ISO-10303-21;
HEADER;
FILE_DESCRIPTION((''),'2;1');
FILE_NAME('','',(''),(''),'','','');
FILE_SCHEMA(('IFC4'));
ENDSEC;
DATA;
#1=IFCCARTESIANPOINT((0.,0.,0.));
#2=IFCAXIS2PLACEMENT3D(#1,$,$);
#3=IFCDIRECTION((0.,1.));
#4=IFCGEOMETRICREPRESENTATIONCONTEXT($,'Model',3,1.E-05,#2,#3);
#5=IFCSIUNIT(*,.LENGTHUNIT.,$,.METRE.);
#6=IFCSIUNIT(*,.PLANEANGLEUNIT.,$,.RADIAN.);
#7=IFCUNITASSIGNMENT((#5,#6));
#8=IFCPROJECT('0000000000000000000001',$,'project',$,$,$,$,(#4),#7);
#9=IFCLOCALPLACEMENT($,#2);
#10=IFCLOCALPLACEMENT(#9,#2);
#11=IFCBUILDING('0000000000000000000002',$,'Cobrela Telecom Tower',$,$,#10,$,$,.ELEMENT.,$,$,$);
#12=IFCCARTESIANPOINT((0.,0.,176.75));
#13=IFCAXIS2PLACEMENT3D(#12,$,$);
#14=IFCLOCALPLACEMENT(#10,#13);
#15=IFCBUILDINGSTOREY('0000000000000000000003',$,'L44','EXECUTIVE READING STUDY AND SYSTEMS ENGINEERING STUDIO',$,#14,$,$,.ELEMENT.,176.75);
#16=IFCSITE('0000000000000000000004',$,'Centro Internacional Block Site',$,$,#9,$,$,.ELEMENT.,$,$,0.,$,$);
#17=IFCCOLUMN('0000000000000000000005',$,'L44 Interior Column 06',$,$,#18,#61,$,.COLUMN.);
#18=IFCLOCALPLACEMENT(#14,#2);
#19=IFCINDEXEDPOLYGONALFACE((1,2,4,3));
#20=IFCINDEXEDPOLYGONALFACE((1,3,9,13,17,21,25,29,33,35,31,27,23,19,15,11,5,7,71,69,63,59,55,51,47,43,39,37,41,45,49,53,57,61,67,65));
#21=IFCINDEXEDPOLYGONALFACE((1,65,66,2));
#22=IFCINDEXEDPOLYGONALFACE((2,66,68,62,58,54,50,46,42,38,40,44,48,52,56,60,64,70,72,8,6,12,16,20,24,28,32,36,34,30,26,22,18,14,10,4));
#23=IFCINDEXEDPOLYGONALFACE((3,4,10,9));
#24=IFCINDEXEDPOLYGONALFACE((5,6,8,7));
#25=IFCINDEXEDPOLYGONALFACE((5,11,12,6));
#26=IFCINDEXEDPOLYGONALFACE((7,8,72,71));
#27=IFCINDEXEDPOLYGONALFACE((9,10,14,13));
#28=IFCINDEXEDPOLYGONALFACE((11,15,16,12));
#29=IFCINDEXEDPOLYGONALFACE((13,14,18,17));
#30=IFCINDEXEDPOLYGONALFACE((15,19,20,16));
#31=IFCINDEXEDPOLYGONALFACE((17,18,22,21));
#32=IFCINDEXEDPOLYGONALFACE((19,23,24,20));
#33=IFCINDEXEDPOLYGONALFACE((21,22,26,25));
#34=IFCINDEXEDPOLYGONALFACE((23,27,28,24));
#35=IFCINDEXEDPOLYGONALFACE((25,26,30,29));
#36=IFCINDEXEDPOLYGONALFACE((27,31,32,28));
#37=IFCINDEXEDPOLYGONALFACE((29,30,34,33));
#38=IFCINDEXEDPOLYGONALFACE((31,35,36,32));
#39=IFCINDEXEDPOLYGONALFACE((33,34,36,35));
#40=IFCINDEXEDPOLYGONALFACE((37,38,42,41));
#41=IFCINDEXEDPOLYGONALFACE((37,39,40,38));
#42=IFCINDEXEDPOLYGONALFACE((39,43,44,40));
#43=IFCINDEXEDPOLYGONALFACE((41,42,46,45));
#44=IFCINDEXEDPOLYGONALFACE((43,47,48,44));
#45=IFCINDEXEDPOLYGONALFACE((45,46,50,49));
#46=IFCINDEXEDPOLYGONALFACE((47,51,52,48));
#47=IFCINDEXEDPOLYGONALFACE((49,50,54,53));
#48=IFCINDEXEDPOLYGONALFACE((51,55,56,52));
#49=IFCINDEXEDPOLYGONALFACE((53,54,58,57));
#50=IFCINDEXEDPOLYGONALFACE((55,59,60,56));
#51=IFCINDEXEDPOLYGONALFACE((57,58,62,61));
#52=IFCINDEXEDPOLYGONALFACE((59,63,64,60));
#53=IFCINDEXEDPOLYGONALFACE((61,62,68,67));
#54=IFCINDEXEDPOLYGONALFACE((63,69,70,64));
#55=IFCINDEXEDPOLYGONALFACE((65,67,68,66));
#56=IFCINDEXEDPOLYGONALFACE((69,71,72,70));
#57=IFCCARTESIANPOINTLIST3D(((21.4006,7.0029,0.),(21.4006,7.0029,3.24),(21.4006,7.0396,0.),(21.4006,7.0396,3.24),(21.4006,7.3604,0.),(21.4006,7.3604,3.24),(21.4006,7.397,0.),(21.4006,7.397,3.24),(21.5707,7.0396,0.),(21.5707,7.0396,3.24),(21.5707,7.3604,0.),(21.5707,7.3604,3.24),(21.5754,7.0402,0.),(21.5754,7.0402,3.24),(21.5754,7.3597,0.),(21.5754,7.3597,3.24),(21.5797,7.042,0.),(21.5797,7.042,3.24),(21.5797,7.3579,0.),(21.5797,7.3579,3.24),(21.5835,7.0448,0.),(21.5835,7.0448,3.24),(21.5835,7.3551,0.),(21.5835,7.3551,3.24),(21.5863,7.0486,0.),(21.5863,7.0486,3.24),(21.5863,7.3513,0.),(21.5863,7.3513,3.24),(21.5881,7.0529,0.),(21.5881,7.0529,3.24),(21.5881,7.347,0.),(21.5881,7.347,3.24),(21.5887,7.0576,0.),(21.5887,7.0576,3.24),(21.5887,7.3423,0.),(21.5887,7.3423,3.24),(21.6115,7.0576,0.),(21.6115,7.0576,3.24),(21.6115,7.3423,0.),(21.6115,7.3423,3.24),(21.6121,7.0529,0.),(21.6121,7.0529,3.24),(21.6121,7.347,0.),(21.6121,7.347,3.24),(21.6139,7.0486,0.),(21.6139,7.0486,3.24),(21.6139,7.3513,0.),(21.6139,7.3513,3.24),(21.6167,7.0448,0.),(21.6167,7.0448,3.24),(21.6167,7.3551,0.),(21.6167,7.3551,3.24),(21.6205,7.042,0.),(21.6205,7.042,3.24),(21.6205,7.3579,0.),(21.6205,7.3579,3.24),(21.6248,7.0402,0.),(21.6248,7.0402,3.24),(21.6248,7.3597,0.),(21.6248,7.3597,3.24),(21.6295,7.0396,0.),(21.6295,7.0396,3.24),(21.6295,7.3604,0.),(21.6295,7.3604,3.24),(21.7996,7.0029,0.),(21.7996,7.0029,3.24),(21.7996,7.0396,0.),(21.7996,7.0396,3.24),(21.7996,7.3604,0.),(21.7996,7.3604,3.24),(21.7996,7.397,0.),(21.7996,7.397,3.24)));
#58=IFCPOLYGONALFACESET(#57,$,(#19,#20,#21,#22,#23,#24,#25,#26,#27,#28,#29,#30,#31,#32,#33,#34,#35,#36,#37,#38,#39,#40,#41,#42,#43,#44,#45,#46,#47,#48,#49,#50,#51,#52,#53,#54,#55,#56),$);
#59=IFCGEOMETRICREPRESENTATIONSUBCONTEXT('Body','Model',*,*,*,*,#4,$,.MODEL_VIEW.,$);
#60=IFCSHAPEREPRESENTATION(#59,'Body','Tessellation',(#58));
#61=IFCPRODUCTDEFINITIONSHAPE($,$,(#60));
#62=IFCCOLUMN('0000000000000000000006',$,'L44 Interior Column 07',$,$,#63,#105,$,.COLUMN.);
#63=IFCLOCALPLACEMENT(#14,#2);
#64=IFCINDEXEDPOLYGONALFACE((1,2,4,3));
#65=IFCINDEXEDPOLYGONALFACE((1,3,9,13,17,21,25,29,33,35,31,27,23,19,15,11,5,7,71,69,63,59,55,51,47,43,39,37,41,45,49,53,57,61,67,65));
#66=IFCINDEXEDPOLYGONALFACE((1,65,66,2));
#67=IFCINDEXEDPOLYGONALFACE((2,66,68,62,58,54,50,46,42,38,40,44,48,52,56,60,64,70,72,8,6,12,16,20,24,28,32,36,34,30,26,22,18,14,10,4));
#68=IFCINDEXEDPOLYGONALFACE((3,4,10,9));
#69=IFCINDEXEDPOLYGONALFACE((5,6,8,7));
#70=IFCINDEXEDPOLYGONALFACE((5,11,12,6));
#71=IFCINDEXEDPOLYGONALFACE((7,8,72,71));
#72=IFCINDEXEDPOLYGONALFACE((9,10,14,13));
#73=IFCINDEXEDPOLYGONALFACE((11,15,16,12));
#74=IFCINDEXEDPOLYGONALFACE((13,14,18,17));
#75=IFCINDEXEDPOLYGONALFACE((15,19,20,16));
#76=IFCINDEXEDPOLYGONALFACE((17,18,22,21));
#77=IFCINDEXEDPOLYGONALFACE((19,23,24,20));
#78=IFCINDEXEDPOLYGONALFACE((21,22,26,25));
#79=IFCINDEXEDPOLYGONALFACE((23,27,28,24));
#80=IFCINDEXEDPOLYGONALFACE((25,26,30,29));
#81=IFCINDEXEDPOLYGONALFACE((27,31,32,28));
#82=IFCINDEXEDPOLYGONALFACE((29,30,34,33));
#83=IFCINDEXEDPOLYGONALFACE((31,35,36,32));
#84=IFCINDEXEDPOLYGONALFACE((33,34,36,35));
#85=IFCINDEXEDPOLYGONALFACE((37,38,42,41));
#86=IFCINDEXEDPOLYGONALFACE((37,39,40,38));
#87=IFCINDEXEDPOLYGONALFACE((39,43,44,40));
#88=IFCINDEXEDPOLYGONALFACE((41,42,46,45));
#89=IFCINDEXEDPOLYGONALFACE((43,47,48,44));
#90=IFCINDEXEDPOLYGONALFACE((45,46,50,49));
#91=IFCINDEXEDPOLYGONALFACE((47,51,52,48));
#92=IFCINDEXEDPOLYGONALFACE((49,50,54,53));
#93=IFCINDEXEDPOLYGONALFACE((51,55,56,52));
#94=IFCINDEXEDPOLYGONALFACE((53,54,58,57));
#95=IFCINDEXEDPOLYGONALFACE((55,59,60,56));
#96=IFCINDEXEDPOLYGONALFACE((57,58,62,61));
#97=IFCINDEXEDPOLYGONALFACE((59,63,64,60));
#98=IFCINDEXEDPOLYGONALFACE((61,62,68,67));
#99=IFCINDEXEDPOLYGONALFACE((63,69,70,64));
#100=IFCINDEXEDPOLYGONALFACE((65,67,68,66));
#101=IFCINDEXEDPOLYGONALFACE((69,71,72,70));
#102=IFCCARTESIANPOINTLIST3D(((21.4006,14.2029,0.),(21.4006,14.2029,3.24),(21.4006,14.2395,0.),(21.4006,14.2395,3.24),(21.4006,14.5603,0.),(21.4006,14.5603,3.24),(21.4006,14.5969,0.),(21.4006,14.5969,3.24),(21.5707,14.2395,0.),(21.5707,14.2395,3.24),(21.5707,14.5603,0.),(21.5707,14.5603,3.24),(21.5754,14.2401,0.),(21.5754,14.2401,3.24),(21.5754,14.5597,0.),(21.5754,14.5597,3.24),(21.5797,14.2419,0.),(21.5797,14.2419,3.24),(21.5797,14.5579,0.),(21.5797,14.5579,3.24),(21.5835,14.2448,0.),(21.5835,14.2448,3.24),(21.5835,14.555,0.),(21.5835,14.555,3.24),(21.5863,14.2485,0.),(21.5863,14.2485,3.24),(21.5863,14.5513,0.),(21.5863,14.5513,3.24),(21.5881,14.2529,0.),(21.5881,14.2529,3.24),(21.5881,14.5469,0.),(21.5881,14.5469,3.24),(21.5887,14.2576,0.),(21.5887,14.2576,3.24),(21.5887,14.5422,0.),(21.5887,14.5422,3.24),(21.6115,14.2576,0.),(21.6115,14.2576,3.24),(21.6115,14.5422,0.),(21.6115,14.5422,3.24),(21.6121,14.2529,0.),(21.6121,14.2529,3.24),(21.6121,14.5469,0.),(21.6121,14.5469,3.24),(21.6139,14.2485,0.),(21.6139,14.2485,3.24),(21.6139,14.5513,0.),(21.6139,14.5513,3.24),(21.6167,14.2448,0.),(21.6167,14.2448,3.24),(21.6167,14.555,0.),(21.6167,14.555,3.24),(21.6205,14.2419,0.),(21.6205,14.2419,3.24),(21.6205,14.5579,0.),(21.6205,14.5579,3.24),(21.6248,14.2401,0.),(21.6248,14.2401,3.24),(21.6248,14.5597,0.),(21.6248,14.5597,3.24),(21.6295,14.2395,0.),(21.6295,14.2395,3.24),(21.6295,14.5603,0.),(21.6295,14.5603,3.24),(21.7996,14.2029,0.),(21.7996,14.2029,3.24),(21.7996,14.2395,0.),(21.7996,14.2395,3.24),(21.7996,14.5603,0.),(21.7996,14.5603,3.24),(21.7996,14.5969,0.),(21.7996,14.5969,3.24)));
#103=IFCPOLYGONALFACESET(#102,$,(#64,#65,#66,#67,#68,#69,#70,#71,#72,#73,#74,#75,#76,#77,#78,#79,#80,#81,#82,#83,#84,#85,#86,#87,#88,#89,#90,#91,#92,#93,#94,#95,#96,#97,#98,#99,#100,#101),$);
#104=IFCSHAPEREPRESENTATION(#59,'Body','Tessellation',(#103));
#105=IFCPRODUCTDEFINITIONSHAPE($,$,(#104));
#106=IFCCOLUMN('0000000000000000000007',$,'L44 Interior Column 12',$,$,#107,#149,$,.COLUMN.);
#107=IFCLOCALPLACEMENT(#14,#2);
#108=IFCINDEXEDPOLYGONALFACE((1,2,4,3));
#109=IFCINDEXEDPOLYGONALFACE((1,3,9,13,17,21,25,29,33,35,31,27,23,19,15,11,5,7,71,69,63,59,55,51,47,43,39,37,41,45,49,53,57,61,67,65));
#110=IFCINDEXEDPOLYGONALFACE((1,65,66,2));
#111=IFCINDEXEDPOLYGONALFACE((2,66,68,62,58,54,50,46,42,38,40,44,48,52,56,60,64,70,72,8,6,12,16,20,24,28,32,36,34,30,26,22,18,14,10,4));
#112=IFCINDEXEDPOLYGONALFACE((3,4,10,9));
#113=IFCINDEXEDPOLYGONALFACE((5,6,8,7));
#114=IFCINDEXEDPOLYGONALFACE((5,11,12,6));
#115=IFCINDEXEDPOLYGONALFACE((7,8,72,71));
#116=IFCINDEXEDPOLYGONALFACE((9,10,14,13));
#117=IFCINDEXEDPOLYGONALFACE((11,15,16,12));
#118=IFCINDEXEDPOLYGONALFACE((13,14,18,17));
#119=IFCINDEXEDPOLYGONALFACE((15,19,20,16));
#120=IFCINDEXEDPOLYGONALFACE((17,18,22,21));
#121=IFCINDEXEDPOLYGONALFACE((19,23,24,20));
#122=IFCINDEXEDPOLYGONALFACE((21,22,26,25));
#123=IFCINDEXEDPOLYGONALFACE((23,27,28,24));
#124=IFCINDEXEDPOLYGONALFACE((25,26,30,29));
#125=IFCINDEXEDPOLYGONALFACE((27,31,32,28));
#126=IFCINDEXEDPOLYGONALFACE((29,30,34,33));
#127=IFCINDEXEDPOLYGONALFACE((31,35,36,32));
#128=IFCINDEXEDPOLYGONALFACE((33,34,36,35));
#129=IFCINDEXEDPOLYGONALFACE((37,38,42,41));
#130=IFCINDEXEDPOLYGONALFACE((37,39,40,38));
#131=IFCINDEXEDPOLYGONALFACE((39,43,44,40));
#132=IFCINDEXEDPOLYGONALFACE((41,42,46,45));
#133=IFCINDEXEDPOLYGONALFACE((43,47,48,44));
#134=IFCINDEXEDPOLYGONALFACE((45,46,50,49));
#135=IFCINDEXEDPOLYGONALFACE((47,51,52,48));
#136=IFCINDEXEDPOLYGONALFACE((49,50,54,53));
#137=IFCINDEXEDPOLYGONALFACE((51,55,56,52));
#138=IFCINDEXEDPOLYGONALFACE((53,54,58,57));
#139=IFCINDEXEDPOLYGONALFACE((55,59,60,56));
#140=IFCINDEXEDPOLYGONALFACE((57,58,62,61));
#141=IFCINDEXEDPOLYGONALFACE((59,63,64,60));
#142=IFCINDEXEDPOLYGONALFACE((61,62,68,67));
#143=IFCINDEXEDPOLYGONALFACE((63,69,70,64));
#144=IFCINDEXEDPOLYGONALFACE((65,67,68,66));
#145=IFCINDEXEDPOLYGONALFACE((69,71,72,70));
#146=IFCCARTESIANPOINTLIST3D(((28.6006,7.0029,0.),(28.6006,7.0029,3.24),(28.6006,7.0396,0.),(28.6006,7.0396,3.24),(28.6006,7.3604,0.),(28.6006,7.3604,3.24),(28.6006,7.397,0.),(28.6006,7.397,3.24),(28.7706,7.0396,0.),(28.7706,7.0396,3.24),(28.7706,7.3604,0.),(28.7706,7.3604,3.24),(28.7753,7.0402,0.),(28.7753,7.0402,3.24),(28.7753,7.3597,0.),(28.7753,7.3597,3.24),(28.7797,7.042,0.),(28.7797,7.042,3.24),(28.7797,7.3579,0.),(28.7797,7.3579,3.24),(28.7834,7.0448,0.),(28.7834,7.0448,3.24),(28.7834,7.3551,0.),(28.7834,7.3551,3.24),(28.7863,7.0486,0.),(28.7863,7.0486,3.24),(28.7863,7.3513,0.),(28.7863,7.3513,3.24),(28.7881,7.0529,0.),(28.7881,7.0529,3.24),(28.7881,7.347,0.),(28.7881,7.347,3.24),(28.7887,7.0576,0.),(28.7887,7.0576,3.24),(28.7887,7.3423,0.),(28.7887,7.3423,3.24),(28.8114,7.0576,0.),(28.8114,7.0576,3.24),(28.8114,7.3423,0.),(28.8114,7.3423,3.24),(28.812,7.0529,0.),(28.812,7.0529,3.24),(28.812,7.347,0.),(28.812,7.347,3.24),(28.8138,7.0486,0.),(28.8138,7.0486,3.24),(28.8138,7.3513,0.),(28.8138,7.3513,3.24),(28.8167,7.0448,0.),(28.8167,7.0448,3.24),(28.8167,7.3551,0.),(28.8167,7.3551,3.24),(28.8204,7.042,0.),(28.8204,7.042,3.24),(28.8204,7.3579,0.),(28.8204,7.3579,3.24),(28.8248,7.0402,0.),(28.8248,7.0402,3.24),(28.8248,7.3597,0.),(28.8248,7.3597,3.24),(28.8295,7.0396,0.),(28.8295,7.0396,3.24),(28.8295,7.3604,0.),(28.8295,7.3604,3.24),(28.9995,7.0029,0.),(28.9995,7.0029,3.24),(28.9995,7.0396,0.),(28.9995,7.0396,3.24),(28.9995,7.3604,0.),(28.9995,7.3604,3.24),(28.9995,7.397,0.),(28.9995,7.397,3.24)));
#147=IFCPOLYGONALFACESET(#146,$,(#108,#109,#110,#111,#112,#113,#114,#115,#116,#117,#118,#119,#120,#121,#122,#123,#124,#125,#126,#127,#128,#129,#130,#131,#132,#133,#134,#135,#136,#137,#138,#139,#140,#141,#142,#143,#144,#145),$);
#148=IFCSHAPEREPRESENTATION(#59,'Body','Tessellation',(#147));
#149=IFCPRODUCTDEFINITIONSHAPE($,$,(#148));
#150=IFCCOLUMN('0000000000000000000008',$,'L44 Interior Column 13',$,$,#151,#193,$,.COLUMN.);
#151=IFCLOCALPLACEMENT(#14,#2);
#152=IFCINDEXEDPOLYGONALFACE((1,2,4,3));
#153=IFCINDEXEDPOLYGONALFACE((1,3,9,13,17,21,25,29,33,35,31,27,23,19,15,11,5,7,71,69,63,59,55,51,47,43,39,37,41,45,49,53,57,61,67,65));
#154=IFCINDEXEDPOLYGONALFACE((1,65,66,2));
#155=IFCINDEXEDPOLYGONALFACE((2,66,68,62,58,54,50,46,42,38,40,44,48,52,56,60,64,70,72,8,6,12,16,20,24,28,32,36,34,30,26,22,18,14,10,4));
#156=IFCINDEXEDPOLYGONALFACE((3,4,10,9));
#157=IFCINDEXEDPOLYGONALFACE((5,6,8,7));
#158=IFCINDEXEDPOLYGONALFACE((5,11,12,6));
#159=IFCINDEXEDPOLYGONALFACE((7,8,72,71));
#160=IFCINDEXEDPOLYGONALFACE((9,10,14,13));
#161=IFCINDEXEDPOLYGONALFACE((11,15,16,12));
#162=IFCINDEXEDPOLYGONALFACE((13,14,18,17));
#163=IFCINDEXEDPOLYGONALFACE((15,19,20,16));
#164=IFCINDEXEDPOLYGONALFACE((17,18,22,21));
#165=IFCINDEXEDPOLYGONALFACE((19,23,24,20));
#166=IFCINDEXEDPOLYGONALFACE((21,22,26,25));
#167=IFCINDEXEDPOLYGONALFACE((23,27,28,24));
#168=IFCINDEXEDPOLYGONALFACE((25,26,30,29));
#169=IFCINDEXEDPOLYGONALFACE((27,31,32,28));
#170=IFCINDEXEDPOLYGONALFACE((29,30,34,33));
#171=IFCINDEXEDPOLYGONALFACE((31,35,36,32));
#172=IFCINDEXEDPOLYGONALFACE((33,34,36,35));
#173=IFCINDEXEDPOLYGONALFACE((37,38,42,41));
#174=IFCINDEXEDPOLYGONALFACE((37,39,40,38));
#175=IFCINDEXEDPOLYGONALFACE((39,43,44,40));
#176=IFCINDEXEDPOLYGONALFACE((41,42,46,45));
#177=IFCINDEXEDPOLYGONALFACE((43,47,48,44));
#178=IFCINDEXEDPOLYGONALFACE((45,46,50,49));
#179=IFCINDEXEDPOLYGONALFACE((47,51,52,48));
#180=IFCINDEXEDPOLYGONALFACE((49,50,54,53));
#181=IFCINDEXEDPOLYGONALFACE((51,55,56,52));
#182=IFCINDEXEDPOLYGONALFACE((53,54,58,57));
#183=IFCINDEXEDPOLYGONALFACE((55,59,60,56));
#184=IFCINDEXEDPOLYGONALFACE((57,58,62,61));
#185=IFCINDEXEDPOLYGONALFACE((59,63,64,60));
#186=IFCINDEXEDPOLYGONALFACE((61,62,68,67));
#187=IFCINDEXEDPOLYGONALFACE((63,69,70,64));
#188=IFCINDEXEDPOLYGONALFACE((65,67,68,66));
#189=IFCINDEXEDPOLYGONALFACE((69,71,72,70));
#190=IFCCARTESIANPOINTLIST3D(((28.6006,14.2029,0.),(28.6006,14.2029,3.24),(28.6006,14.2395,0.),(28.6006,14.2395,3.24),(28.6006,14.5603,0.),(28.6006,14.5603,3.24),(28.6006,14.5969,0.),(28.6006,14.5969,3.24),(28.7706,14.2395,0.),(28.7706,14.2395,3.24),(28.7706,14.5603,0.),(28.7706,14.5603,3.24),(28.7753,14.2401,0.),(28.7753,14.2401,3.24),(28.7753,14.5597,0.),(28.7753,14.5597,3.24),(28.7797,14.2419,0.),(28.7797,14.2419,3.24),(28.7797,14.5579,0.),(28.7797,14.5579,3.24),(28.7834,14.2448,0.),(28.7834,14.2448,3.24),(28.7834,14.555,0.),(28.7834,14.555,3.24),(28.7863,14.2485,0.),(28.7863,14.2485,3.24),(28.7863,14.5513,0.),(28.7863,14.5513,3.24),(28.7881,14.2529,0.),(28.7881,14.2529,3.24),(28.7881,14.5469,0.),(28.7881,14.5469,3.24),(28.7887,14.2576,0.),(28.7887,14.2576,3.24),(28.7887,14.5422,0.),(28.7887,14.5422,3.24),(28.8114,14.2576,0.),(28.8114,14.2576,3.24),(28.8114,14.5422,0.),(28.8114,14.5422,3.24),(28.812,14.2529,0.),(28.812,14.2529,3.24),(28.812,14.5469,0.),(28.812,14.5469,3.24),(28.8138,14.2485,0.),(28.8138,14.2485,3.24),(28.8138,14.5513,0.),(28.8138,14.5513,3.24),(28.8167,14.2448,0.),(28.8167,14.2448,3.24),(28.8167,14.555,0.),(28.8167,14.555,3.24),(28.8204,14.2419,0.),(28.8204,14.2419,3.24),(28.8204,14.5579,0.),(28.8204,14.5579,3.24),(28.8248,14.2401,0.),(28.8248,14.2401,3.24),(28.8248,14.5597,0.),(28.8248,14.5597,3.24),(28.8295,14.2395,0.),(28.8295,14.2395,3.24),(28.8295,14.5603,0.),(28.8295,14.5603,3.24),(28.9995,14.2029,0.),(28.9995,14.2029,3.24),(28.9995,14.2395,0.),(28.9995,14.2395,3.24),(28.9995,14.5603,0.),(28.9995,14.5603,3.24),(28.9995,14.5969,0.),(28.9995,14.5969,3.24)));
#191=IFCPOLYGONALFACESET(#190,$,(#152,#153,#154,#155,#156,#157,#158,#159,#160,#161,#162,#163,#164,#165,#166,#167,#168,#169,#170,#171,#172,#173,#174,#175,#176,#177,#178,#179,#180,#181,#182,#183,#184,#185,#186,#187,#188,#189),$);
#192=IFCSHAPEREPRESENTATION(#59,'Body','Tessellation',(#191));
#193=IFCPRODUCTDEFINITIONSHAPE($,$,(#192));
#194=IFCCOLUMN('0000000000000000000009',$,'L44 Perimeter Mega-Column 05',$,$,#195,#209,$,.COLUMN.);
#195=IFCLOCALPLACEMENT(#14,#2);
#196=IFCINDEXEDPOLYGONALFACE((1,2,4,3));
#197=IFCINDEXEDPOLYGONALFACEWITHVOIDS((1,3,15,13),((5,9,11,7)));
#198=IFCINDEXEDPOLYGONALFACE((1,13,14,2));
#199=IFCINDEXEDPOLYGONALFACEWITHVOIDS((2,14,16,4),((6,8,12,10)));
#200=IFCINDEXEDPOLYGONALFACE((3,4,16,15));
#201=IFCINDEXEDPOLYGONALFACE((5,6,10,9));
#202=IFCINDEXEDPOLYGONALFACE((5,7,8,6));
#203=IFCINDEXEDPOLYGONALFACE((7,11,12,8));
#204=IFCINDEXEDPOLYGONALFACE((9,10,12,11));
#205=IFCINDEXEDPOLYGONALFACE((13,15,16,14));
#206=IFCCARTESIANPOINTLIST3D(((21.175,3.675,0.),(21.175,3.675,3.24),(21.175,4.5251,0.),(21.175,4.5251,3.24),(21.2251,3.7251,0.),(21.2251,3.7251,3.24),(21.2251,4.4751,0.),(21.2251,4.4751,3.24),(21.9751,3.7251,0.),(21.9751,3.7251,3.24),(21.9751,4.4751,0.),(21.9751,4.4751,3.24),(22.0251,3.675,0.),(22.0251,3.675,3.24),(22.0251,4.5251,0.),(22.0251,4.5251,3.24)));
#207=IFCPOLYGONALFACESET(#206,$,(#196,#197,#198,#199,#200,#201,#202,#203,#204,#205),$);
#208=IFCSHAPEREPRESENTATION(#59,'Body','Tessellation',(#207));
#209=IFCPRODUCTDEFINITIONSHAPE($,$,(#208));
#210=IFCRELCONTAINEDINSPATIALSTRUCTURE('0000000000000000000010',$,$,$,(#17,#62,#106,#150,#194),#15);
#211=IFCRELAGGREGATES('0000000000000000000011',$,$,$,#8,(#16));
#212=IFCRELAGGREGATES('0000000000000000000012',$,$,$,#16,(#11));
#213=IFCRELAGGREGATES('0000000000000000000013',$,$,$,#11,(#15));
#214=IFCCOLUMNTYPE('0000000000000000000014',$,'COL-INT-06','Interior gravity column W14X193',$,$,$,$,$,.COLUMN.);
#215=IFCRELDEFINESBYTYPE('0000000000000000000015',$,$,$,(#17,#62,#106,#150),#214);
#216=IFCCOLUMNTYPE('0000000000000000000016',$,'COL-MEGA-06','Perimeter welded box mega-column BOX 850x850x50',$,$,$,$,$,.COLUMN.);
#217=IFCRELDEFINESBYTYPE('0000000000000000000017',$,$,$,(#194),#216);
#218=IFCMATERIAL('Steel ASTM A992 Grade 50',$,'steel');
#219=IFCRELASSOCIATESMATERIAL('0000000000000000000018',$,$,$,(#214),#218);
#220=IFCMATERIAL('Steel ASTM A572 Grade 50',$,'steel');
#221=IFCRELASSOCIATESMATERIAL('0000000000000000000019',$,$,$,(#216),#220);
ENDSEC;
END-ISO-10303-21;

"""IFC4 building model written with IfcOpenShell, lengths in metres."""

from ifc_helpers import new_model, si_unit, direction, frame, origin, origin_2d, place, context, subcontext, project, spatial, hollow_rectangle, i_section, extrude, material, material_profile, profile_set, type_object, element, save


model = new_model("IFC4")

# Units and contexts
model_context = context("Model", 3, precision=1e-05, world=origin(), true_north=direction((0.0, 1.0)))
body_context = subcontext(model_context, "Body", "Model", "MODEL_VIEW")
ifc_project = project(units=[si_unit("LENGTHUNIT", "METRE"), si_unit("PLANEANGLEUNIT", "RADIAN")], contexts=[model_context])

# Site, building, storey
site_placement = place(None, origin())
site = spatial("IfcSite", under=ifc_project, at=site_placement, Name="Centro Internacional Block Site", CompositionType="ELEMENT", RefElevation=0.0)
building_placement = place(site_placement, origin())
building = spatial("IfcBuilding", under=site, at=building_placement, Name="Cobrela Telecom Tower", CompositionType="ELEMENT")
storey_placement = place(building_placement, frame((0.0, 0.0, 176.75)))
storey = spatial("IfcBuildingStorey", under=building, at=storey_placement, Name="L44", Description="EXECUTIVE READING STUDY AND SYSTEMS ENGINEERING STUDIO", CompositionType="ELEMENT", Elevation=176.75)

# Columns
ifc_material_1 = material(Name="Steel ASTM A992 Grade 50", Category="steel")
ifc_material_profile_1 = material_profile(ifc_material_1, i_section(OverallWidth=0.3989, OverallDepth=0.394, WebThickness=0.0227, FlangeThickness=0.0366, FilletRadius=0.0181, at=origin_2d()), Name="W14X193")
ifc_profile_set_1 = profile_set([ifc_material_profile_1], Name="Steel ASTM A992 Grade 50")
column_type_1 = type_object("IfcColumnType", Name="COL-INT-06", Description="Interior gravity column W14X193", PredefinedType="COLUMN", material=ifc_profile_set_1)
for number, where, z_axis, x_axis, name in (
    (1, (21.6001, 7.2, 0.0), (0.0, 0.0, 1.0), (1.0, 0.0, 0.0), "L44 Interior Column 06"),
    (2, (21.6001, 14.3999, 0.0), (0.0, 0.0, 1.0), (1.0, 0.0, 0.0), "L44 Interior Column 07"),
    (3, (28.8, 7.2, 0.0), (0.0, 0.0, 1.0), (1.0, 0.0, 0.0), "L44 Interior Column 12"),
    (4, (28.8, 14.3999, 0.0), (0.0, 0.0, 1.0), (1.0, 0.0, 0.0), "L44 Interior Column 13"),
):
    element("IfcColumn", number, at=place(storey_placement, frame(where, z_axis=z_axis, x_axis=x_axis)), inside=storey, type_object=column_type_1, Name=name, PredefinedType="COLUMN", context=body_context, shape_type="SweptSolid", body=[
        extrude(i_section(OverallWidth=0.3989, OverallDepth=0.394, WebThickness=0.0227, FlangeThickness=0.0366, FilletRadius=0.0181, at=origin_2d()), origin(), (0.0, 0.0, 1.0), 3.24),
    ])
ifc_material_2 = material(Name="Steel ASTM A572 Grade 50", Category="steel")
ifc_material_profile_2 = material_profile(ifc_material_2, hollow_rectangle(XDim=0.8501, YDim=0.8501, WallThickness=0.05, at=origin_2d()), Name="BOX 850x850x50")
ifc_profile_set_2 = profile_set([ifc_material_profile_2], Name="Steel ASTM A572 Grade 50")
column_type_2 = type_object("IfcColumnType", Name="COL-MEGA-06", Description="Perimeter welded box mega-column BOX 850x850x50", PredefinedType="COLUMN", material=ifc_profile_set_2)
for number, where, z_axis, x_axis, name in (
    (5, (21.6001, 4.1001, 0.0), (0.0, 0.0, 1.0), (1.0, 0.0, 0.0), "L44 Perimeter Mega-Column 05"),
):
    element("IfcColumn", number, at=place(storey_placement, frame(where, z_axis=z_axis, x_axis=x_axis)), inside=storey, type_object=column_type_2, Name=name, PredefinedType="COLUMN", context=body_context, shape_type="SweptSolid", body=[
        extrude(hollow_rectangle(XDim=0.8501, YDim=0.8501, WallThickness=0.05, at=origin_2d()), origin(), (0.0, 0.0, 1.0), 3.24),
    ])

save(model, "model.ifc")
